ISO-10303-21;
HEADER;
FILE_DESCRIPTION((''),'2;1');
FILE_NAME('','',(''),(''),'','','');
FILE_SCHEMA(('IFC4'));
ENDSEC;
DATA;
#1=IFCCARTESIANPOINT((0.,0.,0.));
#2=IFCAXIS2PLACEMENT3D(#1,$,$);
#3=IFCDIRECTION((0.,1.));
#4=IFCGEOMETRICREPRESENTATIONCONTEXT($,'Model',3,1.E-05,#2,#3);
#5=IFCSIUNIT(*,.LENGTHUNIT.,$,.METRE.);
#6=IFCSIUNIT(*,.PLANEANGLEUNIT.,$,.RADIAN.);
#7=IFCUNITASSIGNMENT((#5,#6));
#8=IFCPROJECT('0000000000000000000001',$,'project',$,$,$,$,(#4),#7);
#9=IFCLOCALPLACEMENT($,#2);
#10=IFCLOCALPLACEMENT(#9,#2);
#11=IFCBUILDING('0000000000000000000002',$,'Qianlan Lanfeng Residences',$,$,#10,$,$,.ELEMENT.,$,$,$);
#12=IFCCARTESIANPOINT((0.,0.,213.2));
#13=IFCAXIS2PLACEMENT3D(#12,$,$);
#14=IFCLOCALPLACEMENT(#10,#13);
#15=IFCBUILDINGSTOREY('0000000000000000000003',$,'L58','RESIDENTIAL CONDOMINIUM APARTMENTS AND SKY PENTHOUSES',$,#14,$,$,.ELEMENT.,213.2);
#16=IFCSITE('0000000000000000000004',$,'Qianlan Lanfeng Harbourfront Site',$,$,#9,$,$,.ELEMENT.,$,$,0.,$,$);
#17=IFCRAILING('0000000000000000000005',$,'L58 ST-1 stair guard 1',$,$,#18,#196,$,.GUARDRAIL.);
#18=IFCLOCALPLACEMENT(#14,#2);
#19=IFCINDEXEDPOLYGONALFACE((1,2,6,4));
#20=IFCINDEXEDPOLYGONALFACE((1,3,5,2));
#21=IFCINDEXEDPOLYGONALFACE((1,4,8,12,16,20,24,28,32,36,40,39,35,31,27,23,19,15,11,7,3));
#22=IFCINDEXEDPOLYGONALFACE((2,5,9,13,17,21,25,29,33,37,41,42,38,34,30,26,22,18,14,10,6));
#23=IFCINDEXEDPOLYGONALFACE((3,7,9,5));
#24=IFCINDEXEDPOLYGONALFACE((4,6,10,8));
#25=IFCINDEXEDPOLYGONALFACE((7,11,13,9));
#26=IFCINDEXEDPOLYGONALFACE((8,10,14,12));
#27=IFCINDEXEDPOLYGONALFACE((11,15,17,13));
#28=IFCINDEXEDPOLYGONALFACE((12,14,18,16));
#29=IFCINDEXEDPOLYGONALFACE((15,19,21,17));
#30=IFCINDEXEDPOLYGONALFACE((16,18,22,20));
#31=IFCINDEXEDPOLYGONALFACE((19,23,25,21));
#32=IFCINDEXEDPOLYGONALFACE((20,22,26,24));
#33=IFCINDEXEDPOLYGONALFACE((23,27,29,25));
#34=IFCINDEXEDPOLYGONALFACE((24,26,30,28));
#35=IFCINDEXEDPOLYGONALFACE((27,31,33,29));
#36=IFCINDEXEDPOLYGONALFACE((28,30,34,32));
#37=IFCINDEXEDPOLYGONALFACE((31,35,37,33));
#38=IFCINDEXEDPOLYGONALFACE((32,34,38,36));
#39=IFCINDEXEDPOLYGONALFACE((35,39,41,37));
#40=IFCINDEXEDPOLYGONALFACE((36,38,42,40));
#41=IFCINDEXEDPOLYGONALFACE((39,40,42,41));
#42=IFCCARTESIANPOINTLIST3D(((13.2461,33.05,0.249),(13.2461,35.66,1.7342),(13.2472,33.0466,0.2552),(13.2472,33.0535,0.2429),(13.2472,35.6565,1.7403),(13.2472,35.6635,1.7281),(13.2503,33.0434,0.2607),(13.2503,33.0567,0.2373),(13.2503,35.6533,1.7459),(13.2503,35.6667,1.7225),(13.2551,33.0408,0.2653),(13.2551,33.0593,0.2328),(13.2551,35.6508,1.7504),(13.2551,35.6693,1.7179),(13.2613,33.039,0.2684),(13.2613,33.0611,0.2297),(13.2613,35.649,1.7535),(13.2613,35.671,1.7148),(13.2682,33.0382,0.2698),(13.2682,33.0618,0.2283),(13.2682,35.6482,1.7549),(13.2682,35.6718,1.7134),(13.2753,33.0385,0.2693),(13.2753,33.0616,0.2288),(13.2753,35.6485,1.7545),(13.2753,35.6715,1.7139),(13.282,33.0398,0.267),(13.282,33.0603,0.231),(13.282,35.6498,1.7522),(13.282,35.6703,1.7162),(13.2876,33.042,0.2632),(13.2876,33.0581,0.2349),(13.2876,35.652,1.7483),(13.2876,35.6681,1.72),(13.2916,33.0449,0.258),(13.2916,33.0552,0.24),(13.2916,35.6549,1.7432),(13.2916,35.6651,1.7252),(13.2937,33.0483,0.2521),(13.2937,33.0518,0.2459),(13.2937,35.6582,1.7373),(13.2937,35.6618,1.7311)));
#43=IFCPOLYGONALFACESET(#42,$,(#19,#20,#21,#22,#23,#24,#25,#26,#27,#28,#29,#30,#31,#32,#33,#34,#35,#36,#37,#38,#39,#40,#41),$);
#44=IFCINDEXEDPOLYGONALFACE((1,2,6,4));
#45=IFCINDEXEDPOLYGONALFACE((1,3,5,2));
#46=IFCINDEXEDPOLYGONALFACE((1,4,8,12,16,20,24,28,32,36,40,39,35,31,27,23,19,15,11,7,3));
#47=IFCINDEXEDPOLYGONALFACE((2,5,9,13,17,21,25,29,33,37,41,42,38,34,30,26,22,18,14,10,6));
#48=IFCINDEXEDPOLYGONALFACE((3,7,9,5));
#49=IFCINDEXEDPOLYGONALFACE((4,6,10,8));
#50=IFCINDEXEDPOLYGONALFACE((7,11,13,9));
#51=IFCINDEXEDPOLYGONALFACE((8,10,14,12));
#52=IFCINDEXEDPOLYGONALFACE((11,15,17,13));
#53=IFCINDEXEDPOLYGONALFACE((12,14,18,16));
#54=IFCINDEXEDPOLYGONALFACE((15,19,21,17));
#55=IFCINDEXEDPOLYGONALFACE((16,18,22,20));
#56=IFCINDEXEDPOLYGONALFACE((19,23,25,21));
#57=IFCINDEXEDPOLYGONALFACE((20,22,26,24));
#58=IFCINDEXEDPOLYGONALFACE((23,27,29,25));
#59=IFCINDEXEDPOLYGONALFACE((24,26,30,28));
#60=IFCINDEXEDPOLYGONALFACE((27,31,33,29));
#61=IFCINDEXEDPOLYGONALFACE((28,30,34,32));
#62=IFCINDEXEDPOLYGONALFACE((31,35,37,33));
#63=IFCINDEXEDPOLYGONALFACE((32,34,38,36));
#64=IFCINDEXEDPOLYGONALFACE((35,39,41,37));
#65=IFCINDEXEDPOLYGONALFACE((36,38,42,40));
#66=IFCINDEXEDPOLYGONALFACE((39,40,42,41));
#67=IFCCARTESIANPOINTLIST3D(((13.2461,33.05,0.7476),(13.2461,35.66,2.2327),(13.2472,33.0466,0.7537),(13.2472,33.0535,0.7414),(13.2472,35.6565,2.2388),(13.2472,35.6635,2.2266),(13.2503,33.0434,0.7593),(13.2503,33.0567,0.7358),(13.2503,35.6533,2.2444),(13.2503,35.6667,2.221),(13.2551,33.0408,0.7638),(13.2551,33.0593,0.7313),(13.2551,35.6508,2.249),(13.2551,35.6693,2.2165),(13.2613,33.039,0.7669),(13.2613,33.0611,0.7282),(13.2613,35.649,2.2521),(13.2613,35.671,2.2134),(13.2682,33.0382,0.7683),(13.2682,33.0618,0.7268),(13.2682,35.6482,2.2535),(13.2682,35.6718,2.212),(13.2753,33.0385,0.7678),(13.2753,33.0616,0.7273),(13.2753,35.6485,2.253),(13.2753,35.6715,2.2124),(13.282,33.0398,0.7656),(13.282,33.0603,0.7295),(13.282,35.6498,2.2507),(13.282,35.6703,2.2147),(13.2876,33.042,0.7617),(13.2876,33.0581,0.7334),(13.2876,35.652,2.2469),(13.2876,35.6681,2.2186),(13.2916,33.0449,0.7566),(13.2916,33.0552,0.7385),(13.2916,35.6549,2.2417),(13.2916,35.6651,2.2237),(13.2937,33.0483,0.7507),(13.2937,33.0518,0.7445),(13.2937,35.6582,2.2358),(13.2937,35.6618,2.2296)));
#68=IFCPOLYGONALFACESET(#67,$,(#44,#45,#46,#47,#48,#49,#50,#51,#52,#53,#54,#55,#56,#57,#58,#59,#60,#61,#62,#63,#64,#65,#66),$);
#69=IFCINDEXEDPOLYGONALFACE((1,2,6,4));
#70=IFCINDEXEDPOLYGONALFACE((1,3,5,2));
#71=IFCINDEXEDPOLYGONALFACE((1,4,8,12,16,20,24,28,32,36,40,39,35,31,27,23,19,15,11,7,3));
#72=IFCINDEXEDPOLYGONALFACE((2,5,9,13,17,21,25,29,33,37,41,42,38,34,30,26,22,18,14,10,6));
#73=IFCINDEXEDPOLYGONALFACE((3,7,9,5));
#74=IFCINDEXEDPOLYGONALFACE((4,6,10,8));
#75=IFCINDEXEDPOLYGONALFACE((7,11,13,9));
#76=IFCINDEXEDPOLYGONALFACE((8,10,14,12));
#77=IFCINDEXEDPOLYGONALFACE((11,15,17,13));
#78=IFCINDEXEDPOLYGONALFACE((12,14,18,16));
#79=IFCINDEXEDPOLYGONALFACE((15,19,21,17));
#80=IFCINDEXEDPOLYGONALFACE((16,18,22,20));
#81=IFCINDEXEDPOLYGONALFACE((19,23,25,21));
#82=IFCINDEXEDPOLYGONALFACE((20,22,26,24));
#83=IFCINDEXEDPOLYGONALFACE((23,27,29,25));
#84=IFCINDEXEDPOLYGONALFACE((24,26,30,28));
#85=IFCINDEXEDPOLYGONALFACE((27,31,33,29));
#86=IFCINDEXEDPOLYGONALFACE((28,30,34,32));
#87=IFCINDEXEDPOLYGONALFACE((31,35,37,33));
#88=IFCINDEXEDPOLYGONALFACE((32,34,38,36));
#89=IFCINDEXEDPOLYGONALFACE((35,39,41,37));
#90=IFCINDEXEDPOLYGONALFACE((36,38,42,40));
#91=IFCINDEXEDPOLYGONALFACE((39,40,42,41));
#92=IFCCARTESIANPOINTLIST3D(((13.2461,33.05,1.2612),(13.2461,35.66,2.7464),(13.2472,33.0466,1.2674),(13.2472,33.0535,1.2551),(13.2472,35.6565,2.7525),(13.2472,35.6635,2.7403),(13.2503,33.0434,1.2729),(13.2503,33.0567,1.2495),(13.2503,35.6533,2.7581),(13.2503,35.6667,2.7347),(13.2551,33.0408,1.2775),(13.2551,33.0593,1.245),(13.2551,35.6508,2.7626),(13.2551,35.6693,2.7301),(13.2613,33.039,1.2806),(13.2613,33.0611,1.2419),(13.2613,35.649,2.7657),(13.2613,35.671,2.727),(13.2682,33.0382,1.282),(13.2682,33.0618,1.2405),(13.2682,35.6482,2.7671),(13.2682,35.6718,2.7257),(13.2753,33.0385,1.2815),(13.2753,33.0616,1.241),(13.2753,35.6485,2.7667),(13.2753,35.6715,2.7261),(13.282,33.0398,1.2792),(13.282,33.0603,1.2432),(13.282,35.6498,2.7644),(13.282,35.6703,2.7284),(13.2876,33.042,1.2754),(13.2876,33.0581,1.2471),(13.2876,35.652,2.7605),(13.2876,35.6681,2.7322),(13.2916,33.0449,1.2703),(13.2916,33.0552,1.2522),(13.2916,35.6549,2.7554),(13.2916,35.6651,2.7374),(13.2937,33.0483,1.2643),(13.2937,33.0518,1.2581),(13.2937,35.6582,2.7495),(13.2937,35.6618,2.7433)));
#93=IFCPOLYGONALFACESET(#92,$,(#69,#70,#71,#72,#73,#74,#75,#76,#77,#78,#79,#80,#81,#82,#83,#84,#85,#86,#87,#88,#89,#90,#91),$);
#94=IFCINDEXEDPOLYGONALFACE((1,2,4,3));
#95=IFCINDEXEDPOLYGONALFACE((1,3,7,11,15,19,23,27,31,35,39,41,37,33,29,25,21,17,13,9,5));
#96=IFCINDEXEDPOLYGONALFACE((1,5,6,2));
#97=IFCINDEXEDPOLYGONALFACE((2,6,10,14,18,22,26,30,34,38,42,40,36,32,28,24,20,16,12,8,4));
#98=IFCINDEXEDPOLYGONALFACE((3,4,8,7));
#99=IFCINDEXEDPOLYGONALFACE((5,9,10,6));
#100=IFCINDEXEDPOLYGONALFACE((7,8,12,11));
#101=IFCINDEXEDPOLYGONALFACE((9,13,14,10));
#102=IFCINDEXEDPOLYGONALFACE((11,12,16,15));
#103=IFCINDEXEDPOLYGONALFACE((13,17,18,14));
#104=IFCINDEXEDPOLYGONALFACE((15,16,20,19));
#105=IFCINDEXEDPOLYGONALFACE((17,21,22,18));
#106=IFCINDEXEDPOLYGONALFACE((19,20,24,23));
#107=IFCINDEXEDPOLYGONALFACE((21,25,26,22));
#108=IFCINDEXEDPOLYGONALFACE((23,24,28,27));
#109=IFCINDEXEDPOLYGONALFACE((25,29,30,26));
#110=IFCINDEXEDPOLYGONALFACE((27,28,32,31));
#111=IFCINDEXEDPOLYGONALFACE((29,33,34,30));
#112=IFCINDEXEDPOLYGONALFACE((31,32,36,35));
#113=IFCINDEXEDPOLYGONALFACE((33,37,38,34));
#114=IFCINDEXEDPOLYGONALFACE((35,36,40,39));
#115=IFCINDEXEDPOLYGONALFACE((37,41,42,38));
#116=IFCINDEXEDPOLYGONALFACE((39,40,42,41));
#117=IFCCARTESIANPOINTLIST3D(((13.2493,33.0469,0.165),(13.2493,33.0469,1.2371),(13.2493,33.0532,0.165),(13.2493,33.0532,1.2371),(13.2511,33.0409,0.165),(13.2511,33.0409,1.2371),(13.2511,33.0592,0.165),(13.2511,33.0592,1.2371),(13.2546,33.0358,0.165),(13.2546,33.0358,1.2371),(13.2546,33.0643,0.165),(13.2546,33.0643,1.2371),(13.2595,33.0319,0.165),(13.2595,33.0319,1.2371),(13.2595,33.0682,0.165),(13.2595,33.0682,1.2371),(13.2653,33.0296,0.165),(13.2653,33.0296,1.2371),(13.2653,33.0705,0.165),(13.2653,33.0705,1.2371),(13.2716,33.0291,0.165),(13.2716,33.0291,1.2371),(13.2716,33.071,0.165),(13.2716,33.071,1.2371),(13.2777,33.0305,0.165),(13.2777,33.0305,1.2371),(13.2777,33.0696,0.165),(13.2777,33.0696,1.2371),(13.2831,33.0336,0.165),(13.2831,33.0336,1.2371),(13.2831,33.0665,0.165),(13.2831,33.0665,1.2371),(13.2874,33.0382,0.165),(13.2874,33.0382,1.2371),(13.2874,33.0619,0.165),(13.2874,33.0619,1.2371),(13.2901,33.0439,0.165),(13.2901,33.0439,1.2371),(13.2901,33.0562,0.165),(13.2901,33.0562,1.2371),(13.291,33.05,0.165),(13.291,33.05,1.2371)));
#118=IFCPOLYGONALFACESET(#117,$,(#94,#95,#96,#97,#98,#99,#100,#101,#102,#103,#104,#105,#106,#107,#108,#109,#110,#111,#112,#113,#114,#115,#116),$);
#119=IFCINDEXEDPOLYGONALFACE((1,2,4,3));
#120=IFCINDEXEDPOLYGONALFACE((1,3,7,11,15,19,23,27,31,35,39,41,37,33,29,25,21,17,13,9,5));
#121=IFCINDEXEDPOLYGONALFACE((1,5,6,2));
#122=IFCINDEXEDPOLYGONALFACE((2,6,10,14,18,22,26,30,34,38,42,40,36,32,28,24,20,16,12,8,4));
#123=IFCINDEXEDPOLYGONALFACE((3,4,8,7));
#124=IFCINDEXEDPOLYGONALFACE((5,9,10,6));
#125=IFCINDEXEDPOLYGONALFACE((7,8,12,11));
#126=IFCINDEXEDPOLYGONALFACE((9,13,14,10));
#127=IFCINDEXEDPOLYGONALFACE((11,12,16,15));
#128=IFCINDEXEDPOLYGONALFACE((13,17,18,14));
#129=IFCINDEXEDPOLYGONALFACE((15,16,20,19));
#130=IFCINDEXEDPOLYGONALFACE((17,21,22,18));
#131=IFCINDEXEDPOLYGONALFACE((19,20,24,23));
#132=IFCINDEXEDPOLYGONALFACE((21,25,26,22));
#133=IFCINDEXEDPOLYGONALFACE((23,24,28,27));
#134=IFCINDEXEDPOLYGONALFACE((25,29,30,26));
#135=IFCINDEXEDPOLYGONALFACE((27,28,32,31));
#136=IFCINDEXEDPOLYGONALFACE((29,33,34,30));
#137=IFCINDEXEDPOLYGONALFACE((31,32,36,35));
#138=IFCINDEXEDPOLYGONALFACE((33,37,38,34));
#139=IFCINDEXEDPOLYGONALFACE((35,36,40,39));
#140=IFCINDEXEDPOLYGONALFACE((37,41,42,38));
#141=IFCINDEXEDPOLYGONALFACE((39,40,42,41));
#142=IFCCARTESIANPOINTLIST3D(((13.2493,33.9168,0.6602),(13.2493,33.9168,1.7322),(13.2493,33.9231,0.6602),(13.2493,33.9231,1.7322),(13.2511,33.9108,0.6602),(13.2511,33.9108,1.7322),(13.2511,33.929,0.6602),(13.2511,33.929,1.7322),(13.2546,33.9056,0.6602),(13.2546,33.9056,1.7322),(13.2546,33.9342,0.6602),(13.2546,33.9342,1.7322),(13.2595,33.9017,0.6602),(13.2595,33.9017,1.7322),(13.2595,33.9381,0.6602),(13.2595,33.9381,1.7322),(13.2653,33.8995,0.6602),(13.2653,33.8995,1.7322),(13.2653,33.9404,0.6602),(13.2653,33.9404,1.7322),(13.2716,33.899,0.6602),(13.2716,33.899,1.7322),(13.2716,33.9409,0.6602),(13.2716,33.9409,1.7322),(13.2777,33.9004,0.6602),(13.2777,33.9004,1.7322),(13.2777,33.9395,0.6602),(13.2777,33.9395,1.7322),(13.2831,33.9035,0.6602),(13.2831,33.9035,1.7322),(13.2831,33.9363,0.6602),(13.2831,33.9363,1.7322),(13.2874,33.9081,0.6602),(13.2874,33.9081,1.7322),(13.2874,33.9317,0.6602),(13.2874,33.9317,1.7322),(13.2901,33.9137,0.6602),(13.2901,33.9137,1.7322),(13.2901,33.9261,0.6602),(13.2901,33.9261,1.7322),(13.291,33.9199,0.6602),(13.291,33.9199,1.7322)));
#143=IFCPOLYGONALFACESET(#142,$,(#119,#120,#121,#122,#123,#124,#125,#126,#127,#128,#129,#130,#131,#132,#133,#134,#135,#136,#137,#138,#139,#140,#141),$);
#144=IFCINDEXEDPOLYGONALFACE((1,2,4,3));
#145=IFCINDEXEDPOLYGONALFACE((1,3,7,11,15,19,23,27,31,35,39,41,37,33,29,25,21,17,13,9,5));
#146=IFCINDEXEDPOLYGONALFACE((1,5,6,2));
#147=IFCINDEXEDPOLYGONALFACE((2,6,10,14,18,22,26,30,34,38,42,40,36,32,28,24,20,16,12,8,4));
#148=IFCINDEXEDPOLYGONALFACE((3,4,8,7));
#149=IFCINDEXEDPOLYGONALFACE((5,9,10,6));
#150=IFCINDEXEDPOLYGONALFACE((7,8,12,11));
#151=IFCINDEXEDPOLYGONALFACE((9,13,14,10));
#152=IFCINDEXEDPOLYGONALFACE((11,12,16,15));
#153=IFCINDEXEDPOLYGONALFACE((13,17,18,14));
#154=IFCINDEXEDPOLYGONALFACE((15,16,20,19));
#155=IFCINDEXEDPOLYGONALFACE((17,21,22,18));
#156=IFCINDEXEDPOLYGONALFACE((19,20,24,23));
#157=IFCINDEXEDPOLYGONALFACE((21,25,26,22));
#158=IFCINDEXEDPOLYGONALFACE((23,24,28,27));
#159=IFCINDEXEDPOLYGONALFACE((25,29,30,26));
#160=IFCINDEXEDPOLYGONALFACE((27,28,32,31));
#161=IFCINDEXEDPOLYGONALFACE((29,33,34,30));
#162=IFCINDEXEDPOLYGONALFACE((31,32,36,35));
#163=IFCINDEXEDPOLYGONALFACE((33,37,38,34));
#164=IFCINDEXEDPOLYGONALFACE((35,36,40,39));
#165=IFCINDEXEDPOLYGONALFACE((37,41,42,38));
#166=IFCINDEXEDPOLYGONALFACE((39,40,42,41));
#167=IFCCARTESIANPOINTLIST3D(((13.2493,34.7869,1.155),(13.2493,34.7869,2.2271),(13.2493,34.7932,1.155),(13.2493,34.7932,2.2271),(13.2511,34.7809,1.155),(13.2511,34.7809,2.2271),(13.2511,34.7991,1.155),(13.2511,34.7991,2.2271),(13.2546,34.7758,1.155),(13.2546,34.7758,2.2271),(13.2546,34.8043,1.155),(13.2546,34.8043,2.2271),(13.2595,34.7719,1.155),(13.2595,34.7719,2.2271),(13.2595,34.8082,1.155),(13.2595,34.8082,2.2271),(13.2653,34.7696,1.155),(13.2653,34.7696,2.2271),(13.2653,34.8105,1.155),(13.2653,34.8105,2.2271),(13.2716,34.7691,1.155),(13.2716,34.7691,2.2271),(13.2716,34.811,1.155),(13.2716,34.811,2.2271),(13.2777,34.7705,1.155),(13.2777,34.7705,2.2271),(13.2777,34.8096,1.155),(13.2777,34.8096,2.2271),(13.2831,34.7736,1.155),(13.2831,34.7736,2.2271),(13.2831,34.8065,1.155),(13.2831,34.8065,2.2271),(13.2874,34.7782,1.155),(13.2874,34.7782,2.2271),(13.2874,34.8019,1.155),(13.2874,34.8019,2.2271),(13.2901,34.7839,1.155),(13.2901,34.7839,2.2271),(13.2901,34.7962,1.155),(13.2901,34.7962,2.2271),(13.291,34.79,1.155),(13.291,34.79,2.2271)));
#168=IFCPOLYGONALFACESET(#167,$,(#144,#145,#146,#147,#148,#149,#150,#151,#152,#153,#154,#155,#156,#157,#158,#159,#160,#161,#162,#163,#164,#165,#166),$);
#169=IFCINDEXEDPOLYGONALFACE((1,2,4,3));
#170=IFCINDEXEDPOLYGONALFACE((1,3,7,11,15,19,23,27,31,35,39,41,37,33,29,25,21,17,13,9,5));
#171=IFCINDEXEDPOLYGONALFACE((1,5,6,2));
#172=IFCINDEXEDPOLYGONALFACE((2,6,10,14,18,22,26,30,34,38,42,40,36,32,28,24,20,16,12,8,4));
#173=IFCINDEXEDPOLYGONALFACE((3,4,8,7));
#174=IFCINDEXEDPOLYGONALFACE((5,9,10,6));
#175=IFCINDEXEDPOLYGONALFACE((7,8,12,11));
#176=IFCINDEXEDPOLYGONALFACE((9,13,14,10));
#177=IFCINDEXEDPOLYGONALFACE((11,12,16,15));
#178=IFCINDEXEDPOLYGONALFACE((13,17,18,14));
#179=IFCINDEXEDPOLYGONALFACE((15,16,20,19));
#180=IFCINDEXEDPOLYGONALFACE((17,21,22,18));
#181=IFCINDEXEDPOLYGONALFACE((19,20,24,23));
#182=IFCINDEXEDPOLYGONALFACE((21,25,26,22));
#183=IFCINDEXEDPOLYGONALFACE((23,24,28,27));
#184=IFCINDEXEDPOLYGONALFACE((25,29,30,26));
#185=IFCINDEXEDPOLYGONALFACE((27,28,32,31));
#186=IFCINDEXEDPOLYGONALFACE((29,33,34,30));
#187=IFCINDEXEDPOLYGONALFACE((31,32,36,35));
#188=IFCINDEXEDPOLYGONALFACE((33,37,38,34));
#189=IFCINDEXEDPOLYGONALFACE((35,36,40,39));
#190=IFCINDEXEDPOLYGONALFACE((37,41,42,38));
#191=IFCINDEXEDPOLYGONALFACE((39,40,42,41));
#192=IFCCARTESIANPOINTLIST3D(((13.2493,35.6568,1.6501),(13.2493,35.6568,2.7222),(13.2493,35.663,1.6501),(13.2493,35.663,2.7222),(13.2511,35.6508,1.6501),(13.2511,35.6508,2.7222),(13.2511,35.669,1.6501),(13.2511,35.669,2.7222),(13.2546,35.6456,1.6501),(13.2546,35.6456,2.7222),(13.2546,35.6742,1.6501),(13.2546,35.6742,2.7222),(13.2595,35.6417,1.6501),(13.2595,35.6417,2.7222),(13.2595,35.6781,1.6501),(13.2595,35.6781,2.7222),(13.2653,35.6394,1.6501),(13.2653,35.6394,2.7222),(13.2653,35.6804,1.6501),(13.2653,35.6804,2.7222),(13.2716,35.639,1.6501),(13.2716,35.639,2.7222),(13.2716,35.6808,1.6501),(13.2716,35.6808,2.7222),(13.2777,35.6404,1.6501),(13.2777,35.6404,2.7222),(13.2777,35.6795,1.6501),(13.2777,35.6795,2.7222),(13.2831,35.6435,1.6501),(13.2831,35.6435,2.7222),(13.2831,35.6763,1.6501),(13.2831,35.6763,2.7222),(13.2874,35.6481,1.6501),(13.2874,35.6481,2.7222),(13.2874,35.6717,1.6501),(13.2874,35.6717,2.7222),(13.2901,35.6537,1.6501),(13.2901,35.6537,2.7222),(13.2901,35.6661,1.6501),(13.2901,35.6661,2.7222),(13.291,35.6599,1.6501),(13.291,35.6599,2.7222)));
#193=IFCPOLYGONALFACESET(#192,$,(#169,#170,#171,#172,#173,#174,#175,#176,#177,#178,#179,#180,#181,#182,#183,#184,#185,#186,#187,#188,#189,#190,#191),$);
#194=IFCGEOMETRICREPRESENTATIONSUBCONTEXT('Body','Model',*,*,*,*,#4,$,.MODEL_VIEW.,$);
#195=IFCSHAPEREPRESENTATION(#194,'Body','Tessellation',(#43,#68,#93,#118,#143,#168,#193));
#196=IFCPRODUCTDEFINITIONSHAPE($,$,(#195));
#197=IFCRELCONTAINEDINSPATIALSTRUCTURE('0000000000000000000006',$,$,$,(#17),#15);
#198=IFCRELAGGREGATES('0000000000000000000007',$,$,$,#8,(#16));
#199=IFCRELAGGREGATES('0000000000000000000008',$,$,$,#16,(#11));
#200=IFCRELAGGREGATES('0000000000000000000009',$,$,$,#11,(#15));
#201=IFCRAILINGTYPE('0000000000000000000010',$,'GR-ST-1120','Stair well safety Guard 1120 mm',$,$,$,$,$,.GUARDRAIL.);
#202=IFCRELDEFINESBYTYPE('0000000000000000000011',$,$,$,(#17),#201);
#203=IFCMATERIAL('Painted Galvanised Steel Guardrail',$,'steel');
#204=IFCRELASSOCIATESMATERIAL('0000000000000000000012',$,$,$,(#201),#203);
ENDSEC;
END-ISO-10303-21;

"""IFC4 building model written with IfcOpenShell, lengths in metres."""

from ifc_helpers import new_model, si_unit, direction, frame, origin, origin_2d, place, context, subcontext, project, spatial, circle, extrude, material, type_object, element, save


model = new_model("IFC4")

# Units and contexts
model_context = context("Model", 3, precision=1e-05, world=origin(), true_north=direction((0.0, 1.0)))
body_context = subcontext(model_context, "Body", "Model", "MODEL_VIEW")
ifc_project = project(units=[si_unit("LENGTHUNIT", "METRE"), si_unit("PLANEANGLEUNIT", "RADIAN")], contexts=[model_context])

# Site, building, storey
site_placement = place(None, origin())
site = spatial("IfcSite", under=ifc_project, at=site_placement, Name="Qianlan Lanfeng Harbourfront Site", CompositionType="ELEMENT", RefElevation=0.0)
building_placement = place(site_placement, origin())
building = spatial("IfcBuilding", under=site, at=building_placement, Name="Qianlan Lanfeng Residences", CompositionType="ELEMENT")
storey_placement = place(building_placement, frame((0.0, 0.0, 213.2)))
storey = spatial("IfcBuildingStorey", under=building, at=storey_placement, Name="L58", Description="RESIDENTIAL CONDOMINIUM APARTMENTS AND SKY PENTHOUSES", CompositionType="ELEMENT", Elevation=213.2)

# Railing
ifc_material_1 = material(Name="Painted Galvanised Steel Guardrail", Category="steel")
railing_type_1 = type_object("IfcRailingType", Name="GR-ST-1120", Description="Stair well safety Guard 1120 mm", PredefinedType="GUARDRAIL", material=ifc_material_1)
railing_1_placement = place(storey_placement, frame((13.27, 33.05, 0.165)))
element("IfcRailing", 1, at=railing_1_placement, inside=storey, type_object=railing_type_1, Name="L58 ST-1 stair guard 1", PredefinedType="GUARDRAIL", context=body_context, shape_type="SweptSolid", body=[
    extrude(circle(Radius=0.0239, at=origin_2d()), frame((0.0, 0.0, 0.084), z_axis=(0.0, 0.869137, 0.494571), x_axis=(-1.0, 0.0, 0.0)), (0.0, 0.0, 1.0), 3.0029),
    extrude(circle(Radius=0.0239, at=origin_2d()), frame((0.0, 0.0, 0.5825), z_axis=(0.0, 0.869137, 0.494571), x_axis=(-1.0, 0.0, 0.0)), (0.0, 0.0, 1.0), 3.0029),
    extrude(circle(Radius=0.0239, at=origin_2d()), frame((0.0, 0.0, 1.0962), z_axis=(0.0, 0.869137, 0.494571), x_axis=(-1.0, 0.0, 0.0)), (0.0, 0.0, 1.0), 3.0029),
    extrude(circle(Radius=0.021, at=origin_2d()), origin(), (0.0, 0.0, 1.0), 1.072),
    extrude(circle(Radius=0.021, at=origin_2d()), frame((0.0, 0.8699, 0.4951)), (0.0, 0.0, 1.0), 1.072),
    extrude(circle(Radius=0.021, at=origin_2d()), frame((0.0, 1.74, 0.99)), (0.0, 0.0, 1.0), 1.072),
    extrude(circle(Radius=0.021, at=origin_2d()), frame((0.0, 2.6099, 1.4851)), (0.0, 0.0, 1.0), 1.072),
])

save(model, "model.ifc")
